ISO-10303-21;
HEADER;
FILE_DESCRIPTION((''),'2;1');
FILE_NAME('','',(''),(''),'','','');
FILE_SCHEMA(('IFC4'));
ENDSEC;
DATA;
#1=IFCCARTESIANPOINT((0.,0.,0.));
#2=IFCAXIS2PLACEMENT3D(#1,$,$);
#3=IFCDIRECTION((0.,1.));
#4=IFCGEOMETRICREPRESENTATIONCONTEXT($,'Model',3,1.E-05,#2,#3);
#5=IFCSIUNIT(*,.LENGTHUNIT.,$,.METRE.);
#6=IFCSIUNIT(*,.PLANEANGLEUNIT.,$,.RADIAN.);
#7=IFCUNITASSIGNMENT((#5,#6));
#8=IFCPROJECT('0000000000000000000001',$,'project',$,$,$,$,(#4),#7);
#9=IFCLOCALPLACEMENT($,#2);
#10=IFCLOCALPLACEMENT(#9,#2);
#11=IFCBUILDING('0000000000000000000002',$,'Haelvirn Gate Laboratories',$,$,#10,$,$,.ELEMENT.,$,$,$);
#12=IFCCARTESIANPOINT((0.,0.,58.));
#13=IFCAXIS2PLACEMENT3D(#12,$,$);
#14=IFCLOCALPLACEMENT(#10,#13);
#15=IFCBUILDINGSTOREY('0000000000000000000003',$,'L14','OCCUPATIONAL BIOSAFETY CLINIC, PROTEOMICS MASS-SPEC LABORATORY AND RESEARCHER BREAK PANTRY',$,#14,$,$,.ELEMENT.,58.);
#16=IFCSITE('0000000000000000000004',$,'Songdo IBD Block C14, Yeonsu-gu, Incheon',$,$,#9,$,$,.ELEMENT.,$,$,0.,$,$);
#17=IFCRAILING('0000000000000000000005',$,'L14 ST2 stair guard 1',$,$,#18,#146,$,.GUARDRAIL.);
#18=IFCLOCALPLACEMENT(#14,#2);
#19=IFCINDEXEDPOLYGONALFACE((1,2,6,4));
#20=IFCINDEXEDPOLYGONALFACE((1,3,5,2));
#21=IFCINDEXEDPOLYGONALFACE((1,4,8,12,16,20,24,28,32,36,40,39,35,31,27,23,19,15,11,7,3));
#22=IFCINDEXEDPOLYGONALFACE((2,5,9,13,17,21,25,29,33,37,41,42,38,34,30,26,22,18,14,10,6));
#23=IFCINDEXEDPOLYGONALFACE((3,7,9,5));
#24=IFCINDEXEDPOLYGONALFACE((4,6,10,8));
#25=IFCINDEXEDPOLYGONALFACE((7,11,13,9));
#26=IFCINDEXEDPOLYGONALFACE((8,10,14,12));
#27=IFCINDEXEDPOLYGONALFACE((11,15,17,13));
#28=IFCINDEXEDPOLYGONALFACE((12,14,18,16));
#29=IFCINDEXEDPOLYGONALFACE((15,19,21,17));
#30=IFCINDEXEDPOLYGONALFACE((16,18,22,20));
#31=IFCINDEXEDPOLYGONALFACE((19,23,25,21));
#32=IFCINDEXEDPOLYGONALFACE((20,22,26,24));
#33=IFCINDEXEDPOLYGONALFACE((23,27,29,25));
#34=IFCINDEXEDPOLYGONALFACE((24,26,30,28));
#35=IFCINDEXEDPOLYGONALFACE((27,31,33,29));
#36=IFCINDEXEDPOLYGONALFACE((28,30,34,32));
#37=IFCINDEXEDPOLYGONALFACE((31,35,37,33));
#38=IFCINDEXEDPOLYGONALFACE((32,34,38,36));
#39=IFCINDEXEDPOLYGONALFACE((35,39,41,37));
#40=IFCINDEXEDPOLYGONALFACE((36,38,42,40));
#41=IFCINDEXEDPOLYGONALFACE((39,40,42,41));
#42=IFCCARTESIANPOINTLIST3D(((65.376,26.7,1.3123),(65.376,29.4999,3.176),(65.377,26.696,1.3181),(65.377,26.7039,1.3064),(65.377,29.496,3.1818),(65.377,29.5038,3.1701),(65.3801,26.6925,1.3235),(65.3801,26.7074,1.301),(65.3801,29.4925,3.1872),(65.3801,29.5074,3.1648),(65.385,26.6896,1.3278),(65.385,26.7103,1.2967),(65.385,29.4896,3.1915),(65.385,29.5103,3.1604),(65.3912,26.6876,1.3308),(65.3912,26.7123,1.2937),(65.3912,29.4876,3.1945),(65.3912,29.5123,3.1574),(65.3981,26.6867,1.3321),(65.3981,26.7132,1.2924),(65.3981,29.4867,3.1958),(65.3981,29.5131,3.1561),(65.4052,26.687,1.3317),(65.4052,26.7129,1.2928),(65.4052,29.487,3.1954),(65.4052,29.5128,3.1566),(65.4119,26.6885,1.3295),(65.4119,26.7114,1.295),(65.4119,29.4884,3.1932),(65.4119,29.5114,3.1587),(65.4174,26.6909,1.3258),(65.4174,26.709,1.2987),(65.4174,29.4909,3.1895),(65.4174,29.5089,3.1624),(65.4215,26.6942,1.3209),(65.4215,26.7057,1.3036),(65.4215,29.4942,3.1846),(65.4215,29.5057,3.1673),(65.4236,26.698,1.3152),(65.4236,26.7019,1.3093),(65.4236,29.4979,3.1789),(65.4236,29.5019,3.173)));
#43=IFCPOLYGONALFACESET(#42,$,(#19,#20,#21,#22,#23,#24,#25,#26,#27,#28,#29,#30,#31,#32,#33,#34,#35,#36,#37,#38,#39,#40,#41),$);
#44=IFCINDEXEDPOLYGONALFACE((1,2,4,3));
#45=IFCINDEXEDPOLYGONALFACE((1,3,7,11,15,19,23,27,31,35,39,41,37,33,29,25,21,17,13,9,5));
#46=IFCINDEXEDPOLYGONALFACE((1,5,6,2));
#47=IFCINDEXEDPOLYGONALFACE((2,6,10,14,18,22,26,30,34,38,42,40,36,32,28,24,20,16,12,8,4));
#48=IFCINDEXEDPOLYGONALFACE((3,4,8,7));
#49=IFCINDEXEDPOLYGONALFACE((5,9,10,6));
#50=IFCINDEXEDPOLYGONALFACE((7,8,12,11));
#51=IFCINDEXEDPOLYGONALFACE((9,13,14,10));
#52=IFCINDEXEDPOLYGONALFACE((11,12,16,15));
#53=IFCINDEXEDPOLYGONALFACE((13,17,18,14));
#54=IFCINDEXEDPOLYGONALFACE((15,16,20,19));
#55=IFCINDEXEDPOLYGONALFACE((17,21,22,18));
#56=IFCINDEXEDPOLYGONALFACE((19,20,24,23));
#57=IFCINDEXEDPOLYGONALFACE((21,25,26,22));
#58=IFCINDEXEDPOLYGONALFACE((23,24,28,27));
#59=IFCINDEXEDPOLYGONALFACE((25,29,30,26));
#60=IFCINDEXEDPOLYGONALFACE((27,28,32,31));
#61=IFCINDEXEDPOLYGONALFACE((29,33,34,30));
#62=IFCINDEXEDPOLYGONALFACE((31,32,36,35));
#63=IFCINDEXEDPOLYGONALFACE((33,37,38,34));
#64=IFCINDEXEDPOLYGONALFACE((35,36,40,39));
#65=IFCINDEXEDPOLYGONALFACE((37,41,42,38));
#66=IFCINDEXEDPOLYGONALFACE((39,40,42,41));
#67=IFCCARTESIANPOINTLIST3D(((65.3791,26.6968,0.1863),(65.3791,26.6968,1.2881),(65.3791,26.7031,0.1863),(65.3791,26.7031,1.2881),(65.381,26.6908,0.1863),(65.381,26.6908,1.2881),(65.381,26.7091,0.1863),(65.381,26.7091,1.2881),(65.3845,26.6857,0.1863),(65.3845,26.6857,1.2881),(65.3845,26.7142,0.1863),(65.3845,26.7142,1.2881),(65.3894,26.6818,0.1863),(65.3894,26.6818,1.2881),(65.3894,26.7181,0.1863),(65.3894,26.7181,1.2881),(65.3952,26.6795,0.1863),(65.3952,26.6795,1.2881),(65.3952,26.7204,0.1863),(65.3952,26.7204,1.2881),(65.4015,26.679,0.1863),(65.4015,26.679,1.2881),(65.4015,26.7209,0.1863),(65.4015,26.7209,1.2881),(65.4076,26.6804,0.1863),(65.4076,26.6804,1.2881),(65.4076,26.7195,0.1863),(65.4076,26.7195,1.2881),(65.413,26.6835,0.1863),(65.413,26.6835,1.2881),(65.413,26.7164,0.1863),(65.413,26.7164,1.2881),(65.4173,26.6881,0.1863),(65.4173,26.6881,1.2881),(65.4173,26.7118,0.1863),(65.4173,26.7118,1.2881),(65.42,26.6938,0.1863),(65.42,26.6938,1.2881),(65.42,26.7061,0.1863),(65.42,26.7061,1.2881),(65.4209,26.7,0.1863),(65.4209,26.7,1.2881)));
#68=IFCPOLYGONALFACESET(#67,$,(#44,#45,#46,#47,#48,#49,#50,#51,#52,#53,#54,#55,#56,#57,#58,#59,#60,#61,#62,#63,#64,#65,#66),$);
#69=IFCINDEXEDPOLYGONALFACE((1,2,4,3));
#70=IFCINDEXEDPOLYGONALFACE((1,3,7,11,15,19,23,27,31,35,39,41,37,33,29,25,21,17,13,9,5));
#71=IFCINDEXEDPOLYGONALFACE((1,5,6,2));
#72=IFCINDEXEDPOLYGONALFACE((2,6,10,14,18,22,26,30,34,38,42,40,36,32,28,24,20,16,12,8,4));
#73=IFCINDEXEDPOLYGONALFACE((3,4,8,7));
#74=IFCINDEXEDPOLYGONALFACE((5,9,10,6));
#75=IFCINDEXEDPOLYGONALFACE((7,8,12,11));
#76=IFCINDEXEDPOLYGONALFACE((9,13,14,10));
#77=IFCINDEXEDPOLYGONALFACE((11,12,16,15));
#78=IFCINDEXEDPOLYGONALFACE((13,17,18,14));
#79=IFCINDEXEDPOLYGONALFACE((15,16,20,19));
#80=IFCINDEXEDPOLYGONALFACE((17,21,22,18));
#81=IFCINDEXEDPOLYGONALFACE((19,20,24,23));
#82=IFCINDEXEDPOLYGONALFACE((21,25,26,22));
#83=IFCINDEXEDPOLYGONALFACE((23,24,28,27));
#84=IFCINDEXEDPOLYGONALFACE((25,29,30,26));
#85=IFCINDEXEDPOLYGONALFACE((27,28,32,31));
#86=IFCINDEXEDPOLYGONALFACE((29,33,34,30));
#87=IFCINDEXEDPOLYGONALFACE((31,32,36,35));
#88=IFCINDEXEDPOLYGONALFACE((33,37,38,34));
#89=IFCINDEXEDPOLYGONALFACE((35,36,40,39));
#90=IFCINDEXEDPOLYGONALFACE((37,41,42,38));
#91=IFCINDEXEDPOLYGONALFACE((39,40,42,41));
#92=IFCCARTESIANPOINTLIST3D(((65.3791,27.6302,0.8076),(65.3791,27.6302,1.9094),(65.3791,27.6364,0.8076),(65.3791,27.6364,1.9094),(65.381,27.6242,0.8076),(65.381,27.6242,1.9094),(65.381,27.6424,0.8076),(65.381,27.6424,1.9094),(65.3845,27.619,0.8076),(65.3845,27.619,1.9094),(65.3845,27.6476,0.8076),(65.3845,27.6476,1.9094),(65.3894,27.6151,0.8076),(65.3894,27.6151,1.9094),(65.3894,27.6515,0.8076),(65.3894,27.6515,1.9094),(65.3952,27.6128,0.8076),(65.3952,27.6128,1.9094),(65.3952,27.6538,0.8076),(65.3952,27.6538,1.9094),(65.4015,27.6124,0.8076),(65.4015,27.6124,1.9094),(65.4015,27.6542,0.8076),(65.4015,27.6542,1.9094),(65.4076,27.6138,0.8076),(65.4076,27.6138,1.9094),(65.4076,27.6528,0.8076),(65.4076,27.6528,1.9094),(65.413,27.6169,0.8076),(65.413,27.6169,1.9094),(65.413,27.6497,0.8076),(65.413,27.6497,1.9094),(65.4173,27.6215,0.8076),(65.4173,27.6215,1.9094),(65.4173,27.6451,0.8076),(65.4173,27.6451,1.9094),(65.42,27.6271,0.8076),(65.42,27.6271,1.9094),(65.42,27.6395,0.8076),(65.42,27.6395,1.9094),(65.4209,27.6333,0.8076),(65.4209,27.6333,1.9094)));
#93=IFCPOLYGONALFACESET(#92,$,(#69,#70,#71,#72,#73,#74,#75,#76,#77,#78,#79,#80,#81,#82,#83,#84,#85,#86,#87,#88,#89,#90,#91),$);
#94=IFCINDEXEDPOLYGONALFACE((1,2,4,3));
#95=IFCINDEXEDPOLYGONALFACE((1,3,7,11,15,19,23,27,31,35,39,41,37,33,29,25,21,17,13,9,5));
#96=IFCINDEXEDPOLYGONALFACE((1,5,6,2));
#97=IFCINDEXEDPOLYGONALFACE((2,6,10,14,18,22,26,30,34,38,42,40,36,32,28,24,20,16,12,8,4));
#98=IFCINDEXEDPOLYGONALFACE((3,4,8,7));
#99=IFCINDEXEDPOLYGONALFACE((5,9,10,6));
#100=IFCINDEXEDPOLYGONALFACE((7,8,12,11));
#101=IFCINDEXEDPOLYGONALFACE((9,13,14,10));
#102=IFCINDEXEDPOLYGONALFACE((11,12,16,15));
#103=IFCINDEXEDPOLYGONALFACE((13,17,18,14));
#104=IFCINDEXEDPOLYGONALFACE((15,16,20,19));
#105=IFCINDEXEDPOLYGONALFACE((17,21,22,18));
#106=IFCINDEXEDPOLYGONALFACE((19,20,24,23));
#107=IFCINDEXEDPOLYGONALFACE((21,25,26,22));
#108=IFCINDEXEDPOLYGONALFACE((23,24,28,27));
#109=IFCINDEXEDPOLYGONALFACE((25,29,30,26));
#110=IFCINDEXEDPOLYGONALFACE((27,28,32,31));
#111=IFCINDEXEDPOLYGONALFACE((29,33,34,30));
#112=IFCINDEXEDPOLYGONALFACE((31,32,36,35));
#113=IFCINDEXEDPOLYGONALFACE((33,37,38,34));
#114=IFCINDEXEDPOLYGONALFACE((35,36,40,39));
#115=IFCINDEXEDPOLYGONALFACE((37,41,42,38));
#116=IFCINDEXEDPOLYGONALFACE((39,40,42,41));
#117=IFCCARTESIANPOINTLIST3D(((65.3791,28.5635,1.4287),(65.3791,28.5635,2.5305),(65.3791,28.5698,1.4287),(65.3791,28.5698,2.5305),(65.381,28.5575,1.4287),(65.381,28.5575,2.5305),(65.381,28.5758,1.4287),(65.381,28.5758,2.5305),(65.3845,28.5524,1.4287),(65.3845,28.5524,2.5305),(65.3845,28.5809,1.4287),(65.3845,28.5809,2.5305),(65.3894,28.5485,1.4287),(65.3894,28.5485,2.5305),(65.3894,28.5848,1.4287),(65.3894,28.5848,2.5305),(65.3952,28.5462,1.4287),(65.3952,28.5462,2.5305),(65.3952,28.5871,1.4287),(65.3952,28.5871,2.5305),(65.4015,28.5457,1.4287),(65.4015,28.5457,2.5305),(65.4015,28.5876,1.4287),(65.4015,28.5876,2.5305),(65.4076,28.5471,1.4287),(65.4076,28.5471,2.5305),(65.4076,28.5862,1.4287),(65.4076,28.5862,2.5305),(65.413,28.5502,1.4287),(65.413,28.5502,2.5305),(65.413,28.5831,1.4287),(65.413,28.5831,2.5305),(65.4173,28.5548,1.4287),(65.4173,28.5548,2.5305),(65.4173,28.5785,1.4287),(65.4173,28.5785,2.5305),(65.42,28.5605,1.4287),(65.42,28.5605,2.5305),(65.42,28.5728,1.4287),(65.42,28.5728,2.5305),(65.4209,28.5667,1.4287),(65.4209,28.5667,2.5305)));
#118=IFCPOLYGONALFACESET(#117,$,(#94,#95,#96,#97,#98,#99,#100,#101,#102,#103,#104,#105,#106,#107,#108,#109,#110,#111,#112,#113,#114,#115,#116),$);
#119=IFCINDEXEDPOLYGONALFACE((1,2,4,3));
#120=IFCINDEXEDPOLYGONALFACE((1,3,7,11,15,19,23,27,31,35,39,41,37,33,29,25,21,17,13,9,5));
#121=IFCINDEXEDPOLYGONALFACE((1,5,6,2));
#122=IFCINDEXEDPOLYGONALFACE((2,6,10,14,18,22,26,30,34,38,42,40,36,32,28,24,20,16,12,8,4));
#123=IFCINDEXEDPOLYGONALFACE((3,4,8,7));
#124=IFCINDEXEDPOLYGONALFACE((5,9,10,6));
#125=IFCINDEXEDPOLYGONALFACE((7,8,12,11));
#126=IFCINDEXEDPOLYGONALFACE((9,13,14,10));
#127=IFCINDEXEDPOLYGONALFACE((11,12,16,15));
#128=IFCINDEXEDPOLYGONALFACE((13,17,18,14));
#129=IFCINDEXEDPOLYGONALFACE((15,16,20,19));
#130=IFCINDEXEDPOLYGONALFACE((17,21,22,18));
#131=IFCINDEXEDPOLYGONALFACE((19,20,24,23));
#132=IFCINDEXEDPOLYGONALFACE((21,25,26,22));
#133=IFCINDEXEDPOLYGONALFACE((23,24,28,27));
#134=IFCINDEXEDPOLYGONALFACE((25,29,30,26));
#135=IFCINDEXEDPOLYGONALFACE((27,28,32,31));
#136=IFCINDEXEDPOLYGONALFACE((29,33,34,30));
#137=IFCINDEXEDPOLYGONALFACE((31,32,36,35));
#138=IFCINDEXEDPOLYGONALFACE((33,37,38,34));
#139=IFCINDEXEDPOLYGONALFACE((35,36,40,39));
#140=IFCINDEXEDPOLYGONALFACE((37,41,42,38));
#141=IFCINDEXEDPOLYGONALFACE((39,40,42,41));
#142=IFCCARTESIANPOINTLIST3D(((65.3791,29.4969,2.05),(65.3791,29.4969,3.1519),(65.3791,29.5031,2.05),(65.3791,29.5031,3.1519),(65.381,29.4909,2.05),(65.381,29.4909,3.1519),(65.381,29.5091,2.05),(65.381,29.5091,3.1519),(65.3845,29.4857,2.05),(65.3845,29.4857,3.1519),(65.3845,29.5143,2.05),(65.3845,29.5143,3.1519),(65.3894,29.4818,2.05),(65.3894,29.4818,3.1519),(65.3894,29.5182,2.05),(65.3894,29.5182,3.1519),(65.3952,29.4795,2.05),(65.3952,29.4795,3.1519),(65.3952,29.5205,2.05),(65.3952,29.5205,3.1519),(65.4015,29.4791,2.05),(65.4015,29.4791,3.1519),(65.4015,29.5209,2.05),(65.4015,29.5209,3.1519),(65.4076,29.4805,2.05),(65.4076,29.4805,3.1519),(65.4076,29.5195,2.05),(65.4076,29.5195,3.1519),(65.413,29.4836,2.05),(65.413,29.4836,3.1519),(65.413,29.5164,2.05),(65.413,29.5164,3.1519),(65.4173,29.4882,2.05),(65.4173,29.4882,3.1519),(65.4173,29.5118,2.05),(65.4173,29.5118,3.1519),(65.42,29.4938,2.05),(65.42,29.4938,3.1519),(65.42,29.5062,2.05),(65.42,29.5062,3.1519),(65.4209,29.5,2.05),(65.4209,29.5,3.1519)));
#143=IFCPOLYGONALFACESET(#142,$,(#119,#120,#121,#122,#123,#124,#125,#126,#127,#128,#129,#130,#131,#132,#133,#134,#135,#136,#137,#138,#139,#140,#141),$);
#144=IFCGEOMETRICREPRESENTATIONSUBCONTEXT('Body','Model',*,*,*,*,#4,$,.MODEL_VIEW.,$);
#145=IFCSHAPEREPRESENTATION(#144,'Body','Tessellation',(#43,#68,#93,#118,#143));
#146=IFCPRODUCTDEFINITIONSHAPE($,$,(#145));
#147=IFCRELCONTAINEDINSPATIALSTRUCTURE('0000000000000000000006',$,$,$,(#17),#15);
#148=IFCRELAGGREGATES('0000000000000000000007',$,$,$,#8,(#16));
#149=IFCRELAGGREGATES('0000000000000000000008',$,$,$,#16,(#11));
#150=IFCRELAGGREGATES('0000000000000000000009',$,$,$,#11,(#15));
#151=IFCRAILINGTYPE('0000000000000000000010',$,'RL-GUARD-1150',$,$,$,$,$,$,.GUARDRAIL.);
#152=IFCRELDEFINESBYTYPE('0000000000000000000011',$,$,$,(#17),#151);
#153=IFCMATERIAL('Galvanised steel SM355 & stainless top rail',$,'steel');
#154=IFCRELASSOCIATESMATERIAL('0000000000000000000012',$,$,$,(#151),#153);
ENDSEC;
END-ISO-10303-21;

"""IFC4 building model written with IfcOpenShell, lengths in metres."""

from ifc_helpers import new_model, si_unit, direction, frame, origin, origin_2d, place, context, subcontext, project, spatial, circle, extrude, source, transform, mapped, material, type_object, element, save


model = new_model("IFC4")

# Units and contexts
model_context = context("Model", 3, precision=1e-05, world=origin(), true_north=direction((0.0, 1.0)))
body_context = subcontext(model_context, "Body", "Model", "MODEL_VIEW")
ifc_project = project(units=[si_unit("LENGTHUNIT", "METRE"), si_unit("PLANEANGLEUNIT", "RADIAN")], contexts=[model_context])

# Site, building, storey
site_placement = place(None, origin())
site = spatial("IfcSite", under=ifc_project, at=site_placement, Name="Songdo IBD Block C14, Yeonsu-gu, Incheon", CompositionType="ELEMENT", RefElevation=0.0)
building_placement = place(site_placement, origin())
building = spatial("IfcBuilding", under=site, at=building_placement, Name="Haelvirn Gate Laboratories", CompositionType="ELEMENT")
storey_placement = place(building_placement, frame((0.0, 0.0, 58.0)))
storey = spatial("IfcBuildingStorey", under=building, at=storey_placement, Name="L14", Description="OCCUPATIONAL BIOSAFETY CLINIC, PROTEOMICS MASS-SPEC LABORATORY AND RESEARCHER BREAK PANTRY", CompositionType="ELEMENT", Elevation=58.0)

# Railing
ifc_material_1 = material(Name="Galvanised steel SM355 & stainless top rail", Category="steel")
railing_type_1 = type_object("IfcRailingType", Name="RL-GUARD-1150", PredefinedType="GUARDRAIL", material=ifc_material_1)
shared_shape_1 = source(origin(), body_context, "Body", "SweptSolid", [
    extrude(circle(Radius=0.0239, at=origin_2d()), frame((0.0, 0.0, 1.126), z_axis=(0.0, 0.832452, 0.554097), x_axis=(-1.0, 0.0, 0.0)), (0.0, 0.0, 1.0), 3.3635),
    extrude(circle(Radius=0.021, at=origin_2d()), origin(), (0.0, 0.0, 1.0), 1.1018),
    extrude(circle(Radius=0.021, at=origin_2d()), frame((0.0, 0.9333, 0.6213)), (0.0, 0.0, 1.0), 1.1018),
    extrude(circle(Radius=0.021, at=origin_2d()), frame((0.0, 1.8667, 1.2424)), (0.0, 0.0, 1.0), 1.1018),
    extrude(circle(Radius=0.021, at=origin_2d()), frame((0.0, 2.8, 1.8638)), (0.0, 0.0, 1.0), 1.1018),
])
railing_1_placement = place(storey_placement, frame((65.3999, 26.7, 0.1863)))
element("IfcRailing", 1, at=railing_1_placement, inside=storey, type_object=railing_type_1, Name="L14 ST2 stair guard 1", PredefinedType="GUARDRAIL", context=body_context, shape_type="MappedRepresentation", body=[
    mapped(shared_shape_1, transform((0.0, 0.0, 0.0), scale=1.0)),
])

save(model, "model.ifc")
